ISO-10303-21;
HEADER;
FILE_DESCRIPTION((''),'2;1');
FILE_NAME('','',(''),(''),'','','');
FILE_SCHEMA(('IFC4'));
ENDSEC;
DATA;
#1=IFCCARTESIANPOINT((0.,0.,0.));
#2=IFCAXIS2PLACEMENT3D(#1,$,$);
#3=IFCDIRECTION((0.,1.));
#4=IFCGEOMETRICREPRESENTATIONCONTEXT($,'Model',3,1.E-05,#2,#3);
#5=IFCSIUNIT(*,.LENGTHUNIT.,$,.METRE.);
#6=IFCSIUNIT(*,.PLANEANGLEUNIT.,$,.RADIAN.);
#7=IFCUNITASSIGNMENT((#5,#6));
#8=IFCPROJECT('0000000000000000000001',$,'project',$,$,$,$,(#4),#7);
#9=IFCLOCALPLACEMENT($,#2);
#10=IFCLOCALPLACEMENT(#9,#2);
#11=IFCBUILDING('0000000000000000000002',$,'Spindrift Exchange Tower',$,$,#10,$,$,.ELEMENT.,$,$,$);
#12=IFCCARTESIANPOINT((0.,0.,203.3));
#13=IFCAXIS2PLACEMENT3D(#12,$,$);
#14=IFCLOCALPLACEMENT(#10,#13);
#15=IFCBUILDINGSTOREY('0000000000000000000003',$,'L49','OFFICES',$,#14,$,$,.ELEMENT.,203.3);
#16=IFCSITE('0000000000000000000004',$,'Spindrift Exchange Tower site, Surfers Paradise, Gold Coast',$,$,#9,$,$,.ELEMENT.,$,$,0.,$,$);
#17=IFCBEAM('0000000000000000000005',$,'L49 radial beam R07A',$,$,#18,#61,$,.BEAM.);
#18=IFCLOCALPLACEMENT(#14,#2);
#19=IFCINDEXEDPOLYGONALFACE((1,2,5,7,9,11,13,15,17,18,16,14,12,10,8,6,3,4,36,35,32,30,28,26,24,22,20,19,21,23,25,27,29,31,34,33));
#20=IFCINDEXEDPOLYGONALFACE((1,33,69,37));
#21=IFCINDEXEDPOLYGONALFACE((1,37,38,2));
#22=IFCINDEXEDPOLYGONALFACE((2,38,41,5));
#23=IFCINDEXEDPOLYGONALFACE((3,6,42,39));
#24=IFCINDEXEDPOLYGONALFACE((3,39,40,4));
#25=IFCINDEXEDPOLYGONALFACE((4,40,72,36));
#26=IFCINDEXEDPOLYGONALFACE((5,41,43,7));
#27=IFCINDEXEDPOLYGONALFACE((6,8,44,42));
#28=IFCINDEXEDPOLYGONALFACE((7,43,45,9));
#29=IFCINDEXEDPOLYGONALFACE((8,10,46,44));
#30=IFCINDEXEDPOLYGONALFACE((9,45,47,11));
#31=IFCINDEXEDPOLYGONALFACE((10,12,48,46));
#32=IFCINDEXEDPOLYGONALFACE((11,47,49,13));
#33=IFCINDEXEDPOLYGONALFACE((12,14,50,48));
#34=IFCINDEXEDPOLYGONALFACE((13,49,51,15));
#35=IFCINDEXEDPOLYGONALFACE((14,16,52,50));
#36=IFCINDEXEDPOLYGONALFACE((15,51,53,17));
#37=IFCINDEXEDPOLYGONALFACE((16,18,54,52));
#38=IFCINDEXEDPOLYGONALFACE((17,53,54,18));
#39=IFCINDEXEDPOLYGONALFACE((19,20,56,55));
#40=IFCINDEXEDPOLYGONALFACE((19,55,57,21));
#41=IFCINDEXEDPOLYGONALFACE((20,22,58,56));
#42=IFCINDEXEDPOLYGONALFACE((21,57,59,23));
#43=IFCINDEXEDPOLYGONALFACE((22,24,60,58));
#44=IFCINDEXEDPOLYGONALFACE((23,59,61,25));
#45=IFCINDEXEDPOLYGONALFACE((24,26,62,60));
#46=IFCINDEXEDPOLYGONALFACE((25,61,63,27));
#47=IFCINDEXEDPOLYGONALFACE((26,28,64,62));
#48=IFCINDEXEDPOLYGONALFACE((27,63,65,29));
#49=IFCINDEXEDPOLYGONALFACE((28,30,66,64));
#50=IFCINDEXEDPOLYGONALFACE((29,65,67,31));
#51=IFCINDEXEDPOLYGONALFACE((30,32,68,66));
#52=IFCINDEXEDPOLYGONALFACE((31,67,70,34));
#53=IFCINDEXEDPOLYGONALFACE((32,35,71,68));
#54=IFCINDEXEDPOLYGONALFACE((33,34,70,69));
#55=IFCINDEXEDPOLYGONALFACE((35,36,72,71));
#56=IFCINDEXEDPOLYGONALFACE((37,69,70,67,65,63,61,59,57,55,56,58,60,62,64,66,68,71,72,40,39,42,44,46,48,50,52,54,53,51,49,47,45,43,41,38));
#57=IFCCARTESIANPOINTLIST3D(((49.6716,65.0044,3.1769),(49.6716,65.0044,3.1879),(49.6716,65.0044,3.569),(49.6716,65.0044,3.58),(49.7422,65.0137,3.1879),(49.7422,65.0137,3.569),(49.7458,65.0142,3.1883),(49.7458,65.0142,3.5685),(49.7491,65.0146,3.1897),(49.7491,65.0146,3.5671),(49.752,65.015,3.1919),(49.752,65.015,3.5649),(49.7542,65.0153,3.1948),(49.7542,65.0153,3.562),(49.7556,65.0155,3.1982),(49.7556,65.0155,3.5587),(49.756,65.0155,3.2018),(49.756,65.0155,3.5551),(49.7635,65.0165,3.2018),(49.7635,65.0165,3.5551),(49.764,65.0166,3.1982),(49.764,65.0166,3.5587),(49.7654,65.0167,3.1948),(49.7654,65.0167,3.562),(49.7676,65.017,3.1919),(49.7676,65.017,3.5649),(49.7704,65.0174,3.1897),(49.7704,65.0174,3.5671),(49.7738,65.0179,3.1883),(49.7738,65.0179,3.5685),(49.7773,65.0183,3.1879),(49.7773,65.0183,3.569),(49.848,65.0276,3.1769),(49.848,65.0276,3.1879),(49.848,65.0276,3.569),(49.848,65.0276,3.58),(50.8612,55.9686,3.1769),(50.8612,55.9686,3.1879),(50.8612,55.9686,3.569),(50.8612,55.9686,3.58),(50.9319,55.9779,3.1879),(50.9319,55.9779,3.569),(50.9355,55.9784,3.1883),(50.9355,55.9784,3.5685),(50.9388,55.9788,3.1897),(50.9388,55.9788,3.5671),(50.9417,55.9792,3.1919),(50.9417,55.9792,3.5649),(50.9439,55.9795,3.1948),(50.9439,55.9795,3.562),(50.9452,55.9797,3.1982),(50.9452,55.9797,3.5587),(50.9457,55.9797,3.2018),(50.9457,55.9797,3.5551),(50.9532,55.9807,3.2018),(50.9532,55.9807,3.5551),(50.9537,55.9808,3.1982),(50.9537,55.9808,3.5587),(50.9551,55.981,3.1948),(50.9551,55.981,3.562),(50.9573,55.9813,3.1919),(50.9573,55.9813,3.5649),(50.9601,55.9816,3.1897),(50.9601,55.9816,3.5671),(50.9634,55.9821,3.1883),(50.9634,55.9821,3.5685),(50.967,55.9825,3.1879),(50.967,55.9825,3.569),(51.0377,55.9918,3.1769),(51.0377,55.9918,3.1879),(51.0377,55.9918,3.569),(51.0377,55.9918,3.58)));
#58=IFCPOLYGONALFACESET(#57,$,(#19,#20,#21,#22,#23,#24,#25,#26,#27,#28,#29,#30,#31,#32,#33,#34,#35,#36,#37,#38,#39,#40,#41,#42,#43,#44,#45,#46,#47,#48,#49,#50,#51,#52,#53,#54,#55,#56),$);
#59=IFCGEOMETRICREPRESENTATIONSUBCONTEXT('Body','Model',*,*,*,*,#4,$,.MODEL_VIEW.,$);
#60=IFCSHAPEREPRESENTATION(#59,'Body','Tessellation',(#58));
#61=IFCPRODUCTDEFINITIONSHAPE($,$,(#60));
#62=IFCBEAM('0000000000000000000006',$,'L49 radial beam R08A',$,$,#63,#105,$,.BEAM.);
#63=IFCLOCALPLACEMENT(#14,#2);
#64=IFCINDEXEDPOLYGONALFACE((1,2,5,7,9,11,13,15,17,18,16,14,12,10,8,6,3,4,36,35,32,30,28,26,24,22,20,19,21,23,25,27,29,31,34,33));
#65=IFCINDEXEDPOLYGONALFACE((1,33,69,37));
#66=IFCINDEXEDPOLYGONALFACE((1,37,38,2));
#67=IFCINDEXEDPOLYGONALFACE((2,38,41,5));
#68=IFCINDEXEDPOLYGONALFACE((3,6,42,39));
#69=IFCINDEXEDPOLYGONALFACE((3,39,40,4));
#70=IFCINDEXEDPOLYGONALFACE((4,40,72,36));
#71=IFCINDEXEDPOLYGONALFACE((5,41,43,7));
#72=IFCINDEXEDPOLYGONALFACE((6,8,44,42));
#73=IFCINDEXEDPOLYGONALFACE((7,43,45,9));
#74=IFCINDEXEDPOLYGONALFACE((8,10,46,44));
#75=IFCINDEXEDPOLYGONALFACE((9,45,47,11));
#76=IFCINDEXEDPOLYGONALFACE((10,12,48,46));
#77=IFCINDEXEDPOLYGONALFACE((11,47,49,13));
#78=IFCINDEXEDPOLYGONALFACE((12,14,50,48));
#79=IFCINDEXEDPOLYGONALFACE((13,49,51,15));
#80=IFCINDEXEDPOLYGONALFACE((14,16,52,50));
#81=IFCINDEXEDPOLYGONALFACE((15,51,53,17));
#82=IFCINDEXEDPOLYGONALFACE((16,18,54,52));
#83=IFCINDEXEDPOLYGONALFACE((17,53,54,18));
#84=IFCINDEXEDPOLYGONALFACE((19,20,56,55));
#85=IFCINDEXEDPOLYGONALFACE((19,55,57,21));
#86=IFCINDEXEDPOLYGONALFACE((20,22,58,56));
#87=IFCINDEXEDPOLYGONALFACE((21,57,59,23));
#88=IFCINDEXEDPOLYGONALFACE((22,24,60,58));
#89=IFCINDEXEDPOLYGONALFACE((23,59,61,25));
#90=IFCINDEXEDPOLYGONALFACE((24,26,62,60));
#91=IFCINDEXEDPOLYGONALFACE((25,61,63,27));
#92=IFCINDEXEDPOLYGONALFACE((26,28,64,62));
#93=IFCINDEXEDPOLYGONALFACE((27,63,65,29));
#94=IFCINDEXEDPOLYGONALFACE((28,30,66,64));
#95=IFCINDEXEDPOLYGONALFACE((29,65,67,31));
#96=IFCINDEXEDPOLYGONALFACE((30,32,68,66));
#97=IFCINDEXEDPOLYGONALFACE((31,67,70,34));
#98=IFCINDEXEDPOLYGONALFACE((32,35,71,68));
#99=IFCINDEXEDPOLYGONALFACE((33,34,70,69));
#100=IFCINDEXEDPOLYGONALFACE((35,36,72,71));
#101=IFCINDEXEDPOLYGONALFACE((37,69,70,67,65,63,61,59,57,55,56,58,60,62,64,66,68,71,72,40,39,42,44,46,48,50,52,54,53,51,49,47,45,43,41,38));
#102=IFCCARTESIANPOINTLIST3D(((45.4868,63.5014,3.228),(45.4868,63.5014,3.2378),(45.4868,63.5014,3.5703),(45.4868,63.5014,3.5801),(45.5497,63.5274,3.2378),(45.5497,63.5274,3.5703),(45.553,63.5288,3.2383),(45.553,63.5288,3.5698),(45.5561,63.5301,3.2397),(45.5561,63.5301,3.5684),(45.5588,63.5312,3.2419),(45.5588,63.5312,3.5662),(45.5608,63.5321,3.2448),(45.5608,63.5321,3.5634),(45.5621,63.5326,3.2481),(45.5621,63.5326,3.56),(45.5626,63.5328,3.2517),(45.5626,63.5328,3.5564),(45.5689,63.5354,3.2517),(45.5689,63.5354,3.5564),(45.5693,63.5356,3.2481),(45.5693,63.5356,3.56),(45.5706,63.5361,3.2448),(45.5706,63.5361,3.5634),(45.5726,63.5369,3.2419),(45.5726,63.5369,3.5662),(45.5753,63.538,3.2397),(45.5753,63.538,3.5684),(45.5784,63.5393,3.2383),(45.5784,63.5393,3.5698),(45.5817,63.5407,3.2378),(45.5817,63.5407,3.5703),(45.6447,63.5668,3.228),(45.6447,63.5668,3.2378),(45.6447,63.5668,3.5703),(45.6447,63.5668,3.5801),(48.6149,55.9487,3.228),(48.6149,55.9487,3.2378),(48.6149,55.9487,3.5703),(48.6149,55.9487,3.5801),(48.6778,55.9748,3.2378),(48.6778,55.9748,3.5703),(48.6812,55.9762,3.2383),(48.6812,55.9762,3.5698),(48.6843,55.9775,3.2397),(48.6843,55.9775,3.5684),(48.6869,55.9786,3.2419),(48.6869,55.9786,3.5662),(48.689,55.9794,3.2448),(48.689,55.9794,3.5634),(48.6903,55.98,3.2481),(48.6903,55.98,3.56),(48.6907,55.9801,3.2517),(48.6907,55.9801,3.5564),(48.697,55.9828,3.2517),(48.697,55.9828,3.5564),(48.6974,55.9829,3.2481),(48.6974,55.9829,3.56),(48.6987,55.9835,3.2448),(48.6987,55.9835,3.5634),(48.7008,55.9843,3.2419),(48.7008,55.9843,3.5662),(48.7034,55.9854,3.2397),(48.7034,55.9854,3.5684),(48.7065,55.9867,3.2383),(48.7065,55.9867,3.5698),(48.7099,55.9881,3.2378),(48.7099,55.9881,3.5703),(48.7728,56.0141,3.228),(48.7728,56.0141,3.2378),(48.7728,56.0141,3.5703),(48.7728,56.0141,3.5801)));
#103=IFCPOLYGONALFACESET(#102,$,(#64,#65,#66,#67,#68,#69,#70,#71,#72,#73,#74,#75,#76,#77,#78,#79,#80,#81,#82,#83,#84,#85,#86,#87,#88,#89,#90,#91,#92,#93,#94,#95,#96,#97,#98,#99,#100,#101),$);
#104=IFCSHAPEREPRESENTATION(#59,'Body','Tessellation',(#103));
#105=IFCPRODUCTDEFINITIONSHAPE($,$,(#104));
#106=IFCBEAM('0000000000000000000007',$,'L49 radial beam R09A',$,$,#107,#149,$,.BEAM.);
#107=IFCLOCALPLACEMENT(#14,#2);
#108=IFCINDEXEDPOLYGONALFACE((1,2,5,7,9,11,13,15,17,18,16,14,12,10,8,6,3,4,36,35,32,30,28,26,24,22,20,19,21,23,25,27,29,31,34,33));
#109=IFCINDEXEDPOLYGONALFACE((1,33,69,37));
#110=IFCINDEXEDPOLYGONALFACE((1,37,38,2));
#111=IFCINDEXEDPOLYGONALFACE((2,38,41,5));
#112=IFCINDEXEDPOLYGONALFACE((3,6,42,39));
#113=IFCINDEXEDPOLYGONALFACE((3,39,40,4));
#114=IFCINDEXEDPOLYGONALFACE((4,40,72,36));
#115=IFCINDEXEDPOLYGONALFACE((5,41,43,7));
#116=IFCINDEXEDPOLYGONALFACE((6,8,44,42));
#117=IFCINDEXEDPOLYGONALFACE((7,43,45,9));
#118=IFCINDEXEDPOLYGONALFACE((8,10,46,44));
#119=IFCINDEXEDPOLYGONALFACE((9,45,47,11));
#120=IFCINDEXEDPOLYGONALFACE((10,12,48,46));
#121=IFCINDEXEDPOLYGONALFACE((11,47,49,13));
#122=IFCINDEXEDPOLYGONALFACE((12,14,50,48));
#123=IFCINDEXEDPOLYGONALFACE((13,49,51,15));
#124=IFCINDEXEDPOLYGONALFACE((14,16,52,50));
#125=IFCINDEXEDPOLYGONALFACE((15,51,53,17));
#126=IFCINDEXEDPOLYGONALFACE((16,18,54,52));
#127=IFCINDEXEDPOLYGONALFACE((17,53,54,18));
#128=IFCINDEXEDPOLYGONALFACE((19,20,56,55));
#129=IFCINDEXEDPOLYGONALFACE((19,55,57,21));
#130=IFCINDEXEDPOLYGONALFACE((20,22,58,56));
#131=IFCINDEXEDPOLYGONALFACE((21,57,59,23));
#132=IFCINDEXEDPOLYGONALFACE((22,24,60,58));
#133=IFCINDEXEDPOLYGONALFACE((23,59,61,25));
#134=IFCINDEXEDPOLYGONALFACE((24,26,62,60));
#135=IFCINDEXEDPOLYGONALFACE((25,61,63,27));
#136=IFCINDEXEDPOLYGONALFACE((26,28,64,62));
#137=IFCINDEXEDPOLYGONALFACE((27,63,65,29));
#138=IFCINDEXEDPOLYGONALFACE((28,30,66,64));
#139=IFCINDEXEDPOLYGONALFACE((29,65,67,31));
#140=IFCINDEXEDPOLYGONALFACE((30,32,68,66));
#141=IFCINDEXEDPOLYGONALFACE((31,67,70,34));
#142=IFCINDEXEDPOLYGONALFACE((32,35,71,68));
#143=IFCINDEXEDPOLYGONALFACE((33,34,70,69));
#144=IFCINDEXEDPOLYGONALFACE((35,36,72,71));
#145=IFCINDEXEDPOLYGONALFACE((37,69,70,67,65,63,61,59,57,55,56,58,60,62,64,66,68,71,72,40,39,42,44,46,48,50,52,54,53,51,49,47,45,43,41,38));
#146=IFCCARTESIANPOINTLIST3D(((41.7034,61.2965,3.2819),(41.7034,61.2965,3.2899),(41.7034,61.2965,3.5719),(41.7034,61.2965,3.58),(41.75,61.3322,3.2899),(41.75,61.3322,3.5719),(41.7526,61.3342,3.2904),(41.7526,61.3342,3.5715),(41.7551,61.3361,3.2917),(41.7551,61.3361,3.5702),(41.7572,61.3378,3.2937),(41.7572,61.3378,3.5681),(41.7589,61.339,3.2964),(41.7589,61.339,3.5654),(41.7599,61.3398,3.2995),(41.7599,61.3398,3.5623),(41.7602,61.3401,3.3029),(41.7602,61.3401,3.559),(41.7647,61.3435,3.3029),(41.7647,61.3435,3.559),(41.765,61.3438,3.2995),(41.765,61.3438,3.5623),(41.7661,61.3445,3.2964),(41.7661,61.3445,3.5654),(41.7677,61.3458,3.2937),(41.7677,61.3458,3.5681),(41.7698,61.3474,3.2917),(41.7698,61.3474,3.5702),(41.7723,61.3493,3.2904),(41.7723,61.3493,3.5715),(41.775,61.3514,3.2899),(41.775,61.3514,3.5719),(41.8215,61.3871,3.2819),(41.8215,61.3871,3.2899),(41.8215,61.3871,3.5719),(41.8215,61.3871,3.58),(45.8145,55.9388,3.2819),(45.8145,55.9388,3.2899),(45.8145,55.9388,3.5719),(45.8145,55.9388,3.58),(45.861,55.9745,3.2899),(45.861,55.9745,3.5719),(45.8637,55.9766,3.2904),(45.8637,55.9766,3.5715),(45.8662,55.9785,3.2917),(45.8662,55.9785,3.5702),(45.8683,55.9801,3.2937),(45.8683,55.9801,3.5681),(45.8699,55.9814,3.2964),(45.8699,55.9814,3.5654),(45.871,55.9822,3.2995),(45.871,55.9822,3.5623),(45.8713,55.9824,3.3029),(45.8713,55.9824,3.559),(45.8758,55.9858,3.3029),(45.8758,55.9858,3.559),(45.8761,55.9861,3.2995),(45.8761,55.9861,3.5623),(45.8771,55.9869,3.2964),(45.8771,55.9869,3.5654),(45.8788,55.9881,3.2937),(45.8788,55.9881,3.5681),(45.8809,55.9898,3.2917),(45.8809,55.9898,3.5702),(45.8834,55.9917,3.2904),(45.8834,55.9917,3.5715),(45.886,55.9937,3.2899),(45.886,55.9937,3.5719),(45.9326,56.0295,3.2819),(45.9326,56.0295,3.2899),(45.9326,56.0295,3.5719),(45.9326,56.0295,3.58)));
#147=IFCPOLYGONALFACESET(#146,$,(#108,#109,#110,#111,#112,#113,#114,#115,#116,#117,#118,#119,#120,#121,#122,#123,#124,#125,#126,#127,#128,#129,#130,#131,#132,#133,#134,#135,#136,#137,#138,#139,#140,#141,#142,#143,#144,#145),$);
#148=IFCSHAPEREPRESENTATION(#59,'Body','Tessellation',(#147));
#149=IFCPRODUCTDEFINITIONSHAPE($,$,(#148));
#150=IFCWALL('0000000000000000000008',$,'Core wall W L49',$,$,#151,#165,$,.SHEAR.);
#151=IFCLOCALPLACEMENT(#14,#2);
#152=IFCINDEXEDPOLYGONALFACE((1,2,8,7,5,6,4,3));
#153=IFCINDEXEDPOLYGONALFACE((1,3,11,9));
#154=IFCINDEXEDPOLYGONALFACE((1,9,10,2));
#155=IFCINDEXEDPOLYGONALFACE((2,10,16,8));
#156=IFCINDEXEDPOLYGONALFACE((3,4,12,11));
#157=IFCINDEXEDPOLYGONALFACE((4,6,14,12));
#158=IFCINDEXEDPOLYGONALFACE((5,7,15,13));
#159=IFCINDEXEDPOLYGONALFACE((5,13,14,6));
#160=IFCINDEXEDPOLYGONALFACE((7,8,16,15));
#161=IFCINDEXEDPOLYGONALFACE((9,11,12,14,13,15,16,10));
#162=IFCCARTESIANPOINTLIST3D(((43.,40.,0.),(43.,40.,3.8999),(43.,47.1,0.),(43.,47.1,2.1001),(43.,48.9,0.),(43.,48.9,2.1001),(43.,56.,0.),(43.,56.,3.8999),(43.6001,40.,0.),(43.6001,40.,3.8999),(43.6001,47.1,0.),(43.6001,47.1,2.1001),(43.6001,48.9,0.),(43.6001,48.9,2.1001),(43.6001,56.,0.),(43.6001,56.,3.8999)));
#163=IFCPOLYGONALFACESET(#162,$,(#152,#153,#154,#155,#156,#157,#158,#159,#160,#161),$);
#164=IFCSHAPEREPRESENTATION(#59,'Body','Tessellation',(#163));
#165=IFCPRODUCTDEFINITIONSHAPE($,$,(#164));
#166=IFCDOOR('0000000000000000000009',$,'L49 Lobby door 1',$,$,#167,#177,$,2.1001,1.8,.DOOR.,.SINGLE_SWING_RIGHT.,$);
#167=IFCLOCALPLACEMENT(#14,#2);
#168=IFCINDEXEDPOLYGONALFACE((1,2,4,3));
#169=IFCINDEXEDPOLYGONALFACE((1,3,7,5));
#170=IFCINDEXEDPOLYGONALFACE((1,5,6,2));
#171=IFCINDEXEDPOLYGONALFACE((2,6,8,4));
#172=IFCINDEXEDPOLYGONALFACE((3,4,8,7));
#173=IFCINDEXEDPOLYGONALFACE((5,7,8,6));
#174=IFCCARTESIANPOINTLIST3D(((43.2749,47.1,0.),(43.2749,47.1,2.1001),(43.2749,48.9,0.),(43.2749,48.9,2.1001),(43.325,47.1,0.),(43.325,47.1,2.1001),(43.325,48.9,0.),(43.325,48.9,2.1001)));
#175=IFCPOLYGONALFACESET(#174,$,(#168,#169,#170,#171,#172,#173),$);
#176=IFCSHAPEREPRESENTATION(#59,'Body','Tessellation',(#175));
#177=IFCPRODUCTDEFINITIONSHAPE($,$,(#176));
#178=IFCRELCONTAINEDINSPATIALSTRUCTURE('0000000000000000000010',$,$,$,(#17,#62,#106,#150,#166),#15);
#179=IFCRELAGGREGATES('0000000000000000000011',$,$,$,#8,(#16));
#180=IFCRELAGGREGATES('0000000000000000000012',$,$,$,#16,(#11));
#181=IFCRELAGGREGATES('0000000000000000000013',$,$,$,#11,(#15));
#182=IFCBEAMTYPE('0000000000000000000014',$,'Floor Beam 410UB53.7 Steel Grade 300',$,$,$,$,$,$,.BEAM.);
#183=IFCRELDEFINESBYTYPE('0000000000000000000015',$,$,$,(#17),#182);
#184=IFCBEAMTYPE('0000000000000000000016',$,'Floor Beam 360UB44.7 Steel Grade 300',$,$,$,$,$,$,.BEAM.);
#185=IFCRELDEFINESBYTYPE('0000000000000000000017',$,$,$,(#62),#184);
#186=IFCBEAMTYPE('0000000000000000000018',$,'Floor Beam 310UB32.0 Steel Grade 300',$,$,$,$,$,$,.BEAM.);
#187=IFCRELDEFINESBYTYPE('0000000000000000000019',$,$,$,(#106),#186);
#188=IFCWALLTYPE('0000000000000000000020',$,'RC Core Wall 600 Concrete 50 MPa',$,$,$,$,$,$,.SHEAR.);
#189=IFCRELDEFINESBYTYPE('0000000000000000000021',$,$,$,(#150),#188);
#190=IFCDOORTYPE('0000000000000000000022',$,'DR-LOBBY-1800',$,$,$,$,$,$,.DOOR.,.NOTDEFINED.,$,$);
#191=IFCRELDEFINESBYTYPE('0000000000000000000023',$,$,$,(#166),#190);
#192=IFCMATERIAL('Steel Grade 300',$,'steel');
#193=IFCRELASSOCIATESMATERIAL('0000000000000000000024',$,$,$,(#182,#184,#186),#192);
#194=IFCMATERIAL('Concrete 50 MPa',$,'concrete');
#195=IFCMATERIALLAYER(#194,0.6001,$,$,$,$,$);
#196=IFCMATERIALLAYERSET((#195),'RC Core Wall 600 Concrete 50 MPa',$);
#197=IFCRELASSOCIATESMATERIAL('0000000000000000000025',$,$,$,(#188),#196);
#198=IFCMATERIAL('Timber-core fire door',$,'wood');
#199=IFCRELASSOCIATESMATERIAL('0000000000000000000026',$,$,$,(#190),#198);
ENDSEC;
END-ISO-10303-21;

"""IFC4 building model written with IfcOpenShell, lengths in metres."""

from ifc_helpers import new_model, si_unit, direction, frame, frame_2d, origin, origin_2d, place, context, subcontext, project, spatial, rectangle, i_section, extrude, source, transform, mapped, material, layer, layer_set, material_profile, profile_set, type_object, element, fill, save


model = new_model("IFC4")

# Units and contexts
model_context = context("Model", 3, precision=1e-05, world=origin(), true_north=direction((0.0, 1.0)))
body_context = subcontext(model_context, "Body", "Model", "MODEL_VIEW")
ifc_project = project(units=[si_unit("LENGTHUNIT", "METRE"), si_unit("PLANEANGLEUNIT", "RADIAN")], contexts=[model_context])

# Site, building, storey
site_placement = place(None, origin())
site = spatial("IfcSite", under=ifc_project, at=site_placement, Name="Spindrift Exchange Tower site, Surfers Paradise, Gold Coast", CompositionType="ELEMENT", RefElevation=0.0)
building_placement = place(site_placement, origin())
building = spatial("IfcBuilding", under=site, at=building_placement, Name="Spindrift Exchange Tower", CompositionType="ELEMENT")
storey_placement = place(building_placement, frame((0.0, 0.0, 203.3)))
storey = spatial("IfcBuildingStorey", under=building, at=storey_placement, Name="L49", Description="OFFICES", CompositionType="ELEMENT", Elevation=203.3)

# Beams
ifc_material_1 = material(Name="Steel Grade 300", Category="steel")
ifc_material_profile_1 = material_profile(ifc_material_1, i_section(OverallWidth=0.178, OverallDepth=0.4031, WebThickness=0.0076, FlangeThickness=0.011, FilletRadius=0.0139, at=origin_2d()), Name="410UB53.7")
ifc_profile_set_1 = profile_set([ifc_material_profile_1], Name="Steel Grade 300")
beam_type_1 = type_object("IfcBeamType", Name="Floor Beam 410UB53.7 Steel Grade 300", PredefinedType="BEAM", material=ifc_profile_set_1)
shared_shape_1 = source(origin(), body_context, "Body", "SweptSolid", [
    extrude(i_section(OverallWidth=0.178, OverallDepth=0.4031, WebThickness=0.0076, FlangeThickness=0.011, FilletRadius=0.0139, at=origin_2d()), origin(), (0.0, 0.0, 1.0), 9.1138),
])
beam_1_placement = place(storey_placement, frame((50.9495, 55.9802, 3.3784), z_axis=(-0.130537, 0.991443, 0.0), x_axis=(-0.991443, -0.130537, 0.0)))
element("IfcBeam", 1, at=beam_1_placement, inside=storey, type_object=beam_type_1, Name="L49 radial beam R07A", PredefinedType="BEAM", context=body_context, shape_type="MappedRepresentation", body=[
    mapped(shared_shape_1, transform((0.0, 0.0, 0.0), scale=1.0)),
])
ifc_material_profile_2 = material_profile(ifc_material_1, i_section(OverallWidth=0.1709, OverallDepth=0.3521, WebThickness=0.0068, FlangeThickness=0.0098, FilletRadius=0.0139, at=origin_2d()), Name="360UB44.7")
ifc_profile_set_2 = profile_set([ifc_material_profile_2], Name="Steel Grade 300")
beam_type_2 = type_object("IfcBeamType", Name="Floor Beam 360UB44.7 Steel Grade 300", PredefinedType="BEAM", material=ifc_profile_set_2)
shared_shape_2 = source(origin(), body_context, "Body", "SweptSolid", [
    extrude(i_section(OverallWidth=0.1709, OverallDepth=0.3521, WebThickness=0.0068, FlangeThickness=0.0098, FilletRadius=0.0139, at=origin_2d()), origin(), (0.0, 0.0, 1.0), 8.1748),
])
beam_2_placement = place(storey_placement, frame((48.6938, 55.9814, 3.4041), z_axis=(-0.382655, 0.923891, 0.0), x_axis=(-0.923891, -0.382655, 0.0)))
element("IfcBeam", 2, at=beam_2_placement, inside=storey, type_object=beam_type_2, Name="L49 radial beam R08A", PredefinedType="BEAM", context=body_context, shape_type="MappedRepresentation", body=[
    mapped(shared_shape_2, transform((0.0, 0.0, 0.0), scale=1.0)),
])
ifc_material_profile_3 = material_profile(ifc_material_1, i_section(OverallWidth=0.1489, OverallDepth=0.2981, WebThickness=0.0056, FlangeThickness=0.0081, FilletRadius=0.0129, at=origin_2d()), Name="310UB32.0")
ifc_profile_set_3 = profile_set([ifc_material_profile_3], Name="Steel Grade 300")
beam_type_3 = type_object("IfcBeamType", Name="Floor Beam 310UB32.0 Steel Grade 300", PredefinedType="BEAM", material=ifc_profile_set_3)
shared_shape_3 = source(origin(), body_context, "Body", "SweptSolid", [
    extrude(i_section(OverallWidth=0.1489, OverallDepth=0.2981, WebThickness=0.0056, FlangeThickness=0.0081, FilletRadius=0.0129, at=origin_2d()), origin(), (0.0, 0.0, 1.0), 6.7532),
])
beam_3_placement = place(storey_placement, frame((45.8735, 55.9841, 3.4309), z_axis=(-0.608762, 0.793353, 0.0), x_axis=(-0.793353, -0.608762, 0.0)))
element("IfcBeam", 3, at=beam_3_placement, inside=storey, type_object=beam_type_3, Name="L49 radial beam R09A", PredefinedType="BEAM", context=body_context, shape_type="MappedRepresentation", body=[
    mapped(shared_shape_3, transform((0.0, 0.0, 0.0), scale=1.0)),
])

# Wall, opening, door
ifc_material_2 = material(Name="Concrete 50 MPa", Category="concrete")
ifc_layer = layer(ifc_material_2, 0.6001)
ifc_layer_set = layer_set([ifc_layer], Name="RC Core Wall 600 Concrete 50 MPa")
wall_type = type_object("IfcWallType", Name="RC Core Wall 600 Concrete 50 MPa", PredefinedType="SHEAR", material=ifc_layer_set)
wall_placement = place(storey_placement, frame((43.3, 56.0, 0.0), z_axis=(0.0, 0.0, 1.0), x_axis=(0.0, -1.0, 0.0)))
wall = element("IfcWall", 4, at=wall_placement, inside=storey, type_object=wall_type, Name="Core wall W L49", PredefinedType="SHEAR", context=body_context, shape_type="SweptSolid", body=[
    extrude(rectangle(XDim=16.0, YDim=0.6001, at=frame_2d((8.0, 0.0))), origin(), (0.0, 0.0, 1.0), 3.8999),
])
opening_placement = place(wall_placement, frame((7.1001, 0.0, 0.0)))
opening = element("IfcOpeningElement", 5, at=opening_placement, cuts=wall, PredefinedType="OPENING", context=body_context, shape_type="SweptSolid", body=[
    extrude(rectangle(XDim=1.8, YDim=2.1001, at=frame_2d((0.8999, 1.05))), frame((0.0, 0.3101, 0.0), z_axis=(0.0, -1.0, 0.0), x_axis=(1.0, 0.0, 0.0)), (0.0, 0.0, 1.0), 0.6201),
])
ifc_material_3 = material(Name="Timber-core fire door", Category="wood")
door_type = type_object("IfcDoorType", Name="DR-LOBBY-1800", OperationType="NOTDEFINED", PredefinedType="DOOR", material=ifc_material_3)
shared_shape_4 = source(origin(), body_context, "Body", "SweptSolid", [
    extrude(rectangle(XDim=1.8, YDim=2.1001, at=frame_2d((0.8999, 1.05))), frame((0.0, 0.0249, 0.0), z_axis=(0.0, -1.0, 0.0), x_axis=(1.0, 0.0, 0.0)), (0.0, 0.0, 1.0), 0.05),
])
door_placement = place(opening_placement, origin())
door = element("IfcDoor", 6, at=door_placement, inside=storey, type_object=door_type, Name="L49 Lobby door 1", OperationType="SINGLE_SWING_RIGHT", OverallHeight=2.1001, OverallWidth=1.8, PredefinedType="DOOR", context=body_context, shape_type="MappedRepresentation", body=[
    mapped(shared_shape_4, transform((0.0, 0.0, 0.0), scale=1.0)),
])
fill(opening, door)

save(model, "model.ifc")
